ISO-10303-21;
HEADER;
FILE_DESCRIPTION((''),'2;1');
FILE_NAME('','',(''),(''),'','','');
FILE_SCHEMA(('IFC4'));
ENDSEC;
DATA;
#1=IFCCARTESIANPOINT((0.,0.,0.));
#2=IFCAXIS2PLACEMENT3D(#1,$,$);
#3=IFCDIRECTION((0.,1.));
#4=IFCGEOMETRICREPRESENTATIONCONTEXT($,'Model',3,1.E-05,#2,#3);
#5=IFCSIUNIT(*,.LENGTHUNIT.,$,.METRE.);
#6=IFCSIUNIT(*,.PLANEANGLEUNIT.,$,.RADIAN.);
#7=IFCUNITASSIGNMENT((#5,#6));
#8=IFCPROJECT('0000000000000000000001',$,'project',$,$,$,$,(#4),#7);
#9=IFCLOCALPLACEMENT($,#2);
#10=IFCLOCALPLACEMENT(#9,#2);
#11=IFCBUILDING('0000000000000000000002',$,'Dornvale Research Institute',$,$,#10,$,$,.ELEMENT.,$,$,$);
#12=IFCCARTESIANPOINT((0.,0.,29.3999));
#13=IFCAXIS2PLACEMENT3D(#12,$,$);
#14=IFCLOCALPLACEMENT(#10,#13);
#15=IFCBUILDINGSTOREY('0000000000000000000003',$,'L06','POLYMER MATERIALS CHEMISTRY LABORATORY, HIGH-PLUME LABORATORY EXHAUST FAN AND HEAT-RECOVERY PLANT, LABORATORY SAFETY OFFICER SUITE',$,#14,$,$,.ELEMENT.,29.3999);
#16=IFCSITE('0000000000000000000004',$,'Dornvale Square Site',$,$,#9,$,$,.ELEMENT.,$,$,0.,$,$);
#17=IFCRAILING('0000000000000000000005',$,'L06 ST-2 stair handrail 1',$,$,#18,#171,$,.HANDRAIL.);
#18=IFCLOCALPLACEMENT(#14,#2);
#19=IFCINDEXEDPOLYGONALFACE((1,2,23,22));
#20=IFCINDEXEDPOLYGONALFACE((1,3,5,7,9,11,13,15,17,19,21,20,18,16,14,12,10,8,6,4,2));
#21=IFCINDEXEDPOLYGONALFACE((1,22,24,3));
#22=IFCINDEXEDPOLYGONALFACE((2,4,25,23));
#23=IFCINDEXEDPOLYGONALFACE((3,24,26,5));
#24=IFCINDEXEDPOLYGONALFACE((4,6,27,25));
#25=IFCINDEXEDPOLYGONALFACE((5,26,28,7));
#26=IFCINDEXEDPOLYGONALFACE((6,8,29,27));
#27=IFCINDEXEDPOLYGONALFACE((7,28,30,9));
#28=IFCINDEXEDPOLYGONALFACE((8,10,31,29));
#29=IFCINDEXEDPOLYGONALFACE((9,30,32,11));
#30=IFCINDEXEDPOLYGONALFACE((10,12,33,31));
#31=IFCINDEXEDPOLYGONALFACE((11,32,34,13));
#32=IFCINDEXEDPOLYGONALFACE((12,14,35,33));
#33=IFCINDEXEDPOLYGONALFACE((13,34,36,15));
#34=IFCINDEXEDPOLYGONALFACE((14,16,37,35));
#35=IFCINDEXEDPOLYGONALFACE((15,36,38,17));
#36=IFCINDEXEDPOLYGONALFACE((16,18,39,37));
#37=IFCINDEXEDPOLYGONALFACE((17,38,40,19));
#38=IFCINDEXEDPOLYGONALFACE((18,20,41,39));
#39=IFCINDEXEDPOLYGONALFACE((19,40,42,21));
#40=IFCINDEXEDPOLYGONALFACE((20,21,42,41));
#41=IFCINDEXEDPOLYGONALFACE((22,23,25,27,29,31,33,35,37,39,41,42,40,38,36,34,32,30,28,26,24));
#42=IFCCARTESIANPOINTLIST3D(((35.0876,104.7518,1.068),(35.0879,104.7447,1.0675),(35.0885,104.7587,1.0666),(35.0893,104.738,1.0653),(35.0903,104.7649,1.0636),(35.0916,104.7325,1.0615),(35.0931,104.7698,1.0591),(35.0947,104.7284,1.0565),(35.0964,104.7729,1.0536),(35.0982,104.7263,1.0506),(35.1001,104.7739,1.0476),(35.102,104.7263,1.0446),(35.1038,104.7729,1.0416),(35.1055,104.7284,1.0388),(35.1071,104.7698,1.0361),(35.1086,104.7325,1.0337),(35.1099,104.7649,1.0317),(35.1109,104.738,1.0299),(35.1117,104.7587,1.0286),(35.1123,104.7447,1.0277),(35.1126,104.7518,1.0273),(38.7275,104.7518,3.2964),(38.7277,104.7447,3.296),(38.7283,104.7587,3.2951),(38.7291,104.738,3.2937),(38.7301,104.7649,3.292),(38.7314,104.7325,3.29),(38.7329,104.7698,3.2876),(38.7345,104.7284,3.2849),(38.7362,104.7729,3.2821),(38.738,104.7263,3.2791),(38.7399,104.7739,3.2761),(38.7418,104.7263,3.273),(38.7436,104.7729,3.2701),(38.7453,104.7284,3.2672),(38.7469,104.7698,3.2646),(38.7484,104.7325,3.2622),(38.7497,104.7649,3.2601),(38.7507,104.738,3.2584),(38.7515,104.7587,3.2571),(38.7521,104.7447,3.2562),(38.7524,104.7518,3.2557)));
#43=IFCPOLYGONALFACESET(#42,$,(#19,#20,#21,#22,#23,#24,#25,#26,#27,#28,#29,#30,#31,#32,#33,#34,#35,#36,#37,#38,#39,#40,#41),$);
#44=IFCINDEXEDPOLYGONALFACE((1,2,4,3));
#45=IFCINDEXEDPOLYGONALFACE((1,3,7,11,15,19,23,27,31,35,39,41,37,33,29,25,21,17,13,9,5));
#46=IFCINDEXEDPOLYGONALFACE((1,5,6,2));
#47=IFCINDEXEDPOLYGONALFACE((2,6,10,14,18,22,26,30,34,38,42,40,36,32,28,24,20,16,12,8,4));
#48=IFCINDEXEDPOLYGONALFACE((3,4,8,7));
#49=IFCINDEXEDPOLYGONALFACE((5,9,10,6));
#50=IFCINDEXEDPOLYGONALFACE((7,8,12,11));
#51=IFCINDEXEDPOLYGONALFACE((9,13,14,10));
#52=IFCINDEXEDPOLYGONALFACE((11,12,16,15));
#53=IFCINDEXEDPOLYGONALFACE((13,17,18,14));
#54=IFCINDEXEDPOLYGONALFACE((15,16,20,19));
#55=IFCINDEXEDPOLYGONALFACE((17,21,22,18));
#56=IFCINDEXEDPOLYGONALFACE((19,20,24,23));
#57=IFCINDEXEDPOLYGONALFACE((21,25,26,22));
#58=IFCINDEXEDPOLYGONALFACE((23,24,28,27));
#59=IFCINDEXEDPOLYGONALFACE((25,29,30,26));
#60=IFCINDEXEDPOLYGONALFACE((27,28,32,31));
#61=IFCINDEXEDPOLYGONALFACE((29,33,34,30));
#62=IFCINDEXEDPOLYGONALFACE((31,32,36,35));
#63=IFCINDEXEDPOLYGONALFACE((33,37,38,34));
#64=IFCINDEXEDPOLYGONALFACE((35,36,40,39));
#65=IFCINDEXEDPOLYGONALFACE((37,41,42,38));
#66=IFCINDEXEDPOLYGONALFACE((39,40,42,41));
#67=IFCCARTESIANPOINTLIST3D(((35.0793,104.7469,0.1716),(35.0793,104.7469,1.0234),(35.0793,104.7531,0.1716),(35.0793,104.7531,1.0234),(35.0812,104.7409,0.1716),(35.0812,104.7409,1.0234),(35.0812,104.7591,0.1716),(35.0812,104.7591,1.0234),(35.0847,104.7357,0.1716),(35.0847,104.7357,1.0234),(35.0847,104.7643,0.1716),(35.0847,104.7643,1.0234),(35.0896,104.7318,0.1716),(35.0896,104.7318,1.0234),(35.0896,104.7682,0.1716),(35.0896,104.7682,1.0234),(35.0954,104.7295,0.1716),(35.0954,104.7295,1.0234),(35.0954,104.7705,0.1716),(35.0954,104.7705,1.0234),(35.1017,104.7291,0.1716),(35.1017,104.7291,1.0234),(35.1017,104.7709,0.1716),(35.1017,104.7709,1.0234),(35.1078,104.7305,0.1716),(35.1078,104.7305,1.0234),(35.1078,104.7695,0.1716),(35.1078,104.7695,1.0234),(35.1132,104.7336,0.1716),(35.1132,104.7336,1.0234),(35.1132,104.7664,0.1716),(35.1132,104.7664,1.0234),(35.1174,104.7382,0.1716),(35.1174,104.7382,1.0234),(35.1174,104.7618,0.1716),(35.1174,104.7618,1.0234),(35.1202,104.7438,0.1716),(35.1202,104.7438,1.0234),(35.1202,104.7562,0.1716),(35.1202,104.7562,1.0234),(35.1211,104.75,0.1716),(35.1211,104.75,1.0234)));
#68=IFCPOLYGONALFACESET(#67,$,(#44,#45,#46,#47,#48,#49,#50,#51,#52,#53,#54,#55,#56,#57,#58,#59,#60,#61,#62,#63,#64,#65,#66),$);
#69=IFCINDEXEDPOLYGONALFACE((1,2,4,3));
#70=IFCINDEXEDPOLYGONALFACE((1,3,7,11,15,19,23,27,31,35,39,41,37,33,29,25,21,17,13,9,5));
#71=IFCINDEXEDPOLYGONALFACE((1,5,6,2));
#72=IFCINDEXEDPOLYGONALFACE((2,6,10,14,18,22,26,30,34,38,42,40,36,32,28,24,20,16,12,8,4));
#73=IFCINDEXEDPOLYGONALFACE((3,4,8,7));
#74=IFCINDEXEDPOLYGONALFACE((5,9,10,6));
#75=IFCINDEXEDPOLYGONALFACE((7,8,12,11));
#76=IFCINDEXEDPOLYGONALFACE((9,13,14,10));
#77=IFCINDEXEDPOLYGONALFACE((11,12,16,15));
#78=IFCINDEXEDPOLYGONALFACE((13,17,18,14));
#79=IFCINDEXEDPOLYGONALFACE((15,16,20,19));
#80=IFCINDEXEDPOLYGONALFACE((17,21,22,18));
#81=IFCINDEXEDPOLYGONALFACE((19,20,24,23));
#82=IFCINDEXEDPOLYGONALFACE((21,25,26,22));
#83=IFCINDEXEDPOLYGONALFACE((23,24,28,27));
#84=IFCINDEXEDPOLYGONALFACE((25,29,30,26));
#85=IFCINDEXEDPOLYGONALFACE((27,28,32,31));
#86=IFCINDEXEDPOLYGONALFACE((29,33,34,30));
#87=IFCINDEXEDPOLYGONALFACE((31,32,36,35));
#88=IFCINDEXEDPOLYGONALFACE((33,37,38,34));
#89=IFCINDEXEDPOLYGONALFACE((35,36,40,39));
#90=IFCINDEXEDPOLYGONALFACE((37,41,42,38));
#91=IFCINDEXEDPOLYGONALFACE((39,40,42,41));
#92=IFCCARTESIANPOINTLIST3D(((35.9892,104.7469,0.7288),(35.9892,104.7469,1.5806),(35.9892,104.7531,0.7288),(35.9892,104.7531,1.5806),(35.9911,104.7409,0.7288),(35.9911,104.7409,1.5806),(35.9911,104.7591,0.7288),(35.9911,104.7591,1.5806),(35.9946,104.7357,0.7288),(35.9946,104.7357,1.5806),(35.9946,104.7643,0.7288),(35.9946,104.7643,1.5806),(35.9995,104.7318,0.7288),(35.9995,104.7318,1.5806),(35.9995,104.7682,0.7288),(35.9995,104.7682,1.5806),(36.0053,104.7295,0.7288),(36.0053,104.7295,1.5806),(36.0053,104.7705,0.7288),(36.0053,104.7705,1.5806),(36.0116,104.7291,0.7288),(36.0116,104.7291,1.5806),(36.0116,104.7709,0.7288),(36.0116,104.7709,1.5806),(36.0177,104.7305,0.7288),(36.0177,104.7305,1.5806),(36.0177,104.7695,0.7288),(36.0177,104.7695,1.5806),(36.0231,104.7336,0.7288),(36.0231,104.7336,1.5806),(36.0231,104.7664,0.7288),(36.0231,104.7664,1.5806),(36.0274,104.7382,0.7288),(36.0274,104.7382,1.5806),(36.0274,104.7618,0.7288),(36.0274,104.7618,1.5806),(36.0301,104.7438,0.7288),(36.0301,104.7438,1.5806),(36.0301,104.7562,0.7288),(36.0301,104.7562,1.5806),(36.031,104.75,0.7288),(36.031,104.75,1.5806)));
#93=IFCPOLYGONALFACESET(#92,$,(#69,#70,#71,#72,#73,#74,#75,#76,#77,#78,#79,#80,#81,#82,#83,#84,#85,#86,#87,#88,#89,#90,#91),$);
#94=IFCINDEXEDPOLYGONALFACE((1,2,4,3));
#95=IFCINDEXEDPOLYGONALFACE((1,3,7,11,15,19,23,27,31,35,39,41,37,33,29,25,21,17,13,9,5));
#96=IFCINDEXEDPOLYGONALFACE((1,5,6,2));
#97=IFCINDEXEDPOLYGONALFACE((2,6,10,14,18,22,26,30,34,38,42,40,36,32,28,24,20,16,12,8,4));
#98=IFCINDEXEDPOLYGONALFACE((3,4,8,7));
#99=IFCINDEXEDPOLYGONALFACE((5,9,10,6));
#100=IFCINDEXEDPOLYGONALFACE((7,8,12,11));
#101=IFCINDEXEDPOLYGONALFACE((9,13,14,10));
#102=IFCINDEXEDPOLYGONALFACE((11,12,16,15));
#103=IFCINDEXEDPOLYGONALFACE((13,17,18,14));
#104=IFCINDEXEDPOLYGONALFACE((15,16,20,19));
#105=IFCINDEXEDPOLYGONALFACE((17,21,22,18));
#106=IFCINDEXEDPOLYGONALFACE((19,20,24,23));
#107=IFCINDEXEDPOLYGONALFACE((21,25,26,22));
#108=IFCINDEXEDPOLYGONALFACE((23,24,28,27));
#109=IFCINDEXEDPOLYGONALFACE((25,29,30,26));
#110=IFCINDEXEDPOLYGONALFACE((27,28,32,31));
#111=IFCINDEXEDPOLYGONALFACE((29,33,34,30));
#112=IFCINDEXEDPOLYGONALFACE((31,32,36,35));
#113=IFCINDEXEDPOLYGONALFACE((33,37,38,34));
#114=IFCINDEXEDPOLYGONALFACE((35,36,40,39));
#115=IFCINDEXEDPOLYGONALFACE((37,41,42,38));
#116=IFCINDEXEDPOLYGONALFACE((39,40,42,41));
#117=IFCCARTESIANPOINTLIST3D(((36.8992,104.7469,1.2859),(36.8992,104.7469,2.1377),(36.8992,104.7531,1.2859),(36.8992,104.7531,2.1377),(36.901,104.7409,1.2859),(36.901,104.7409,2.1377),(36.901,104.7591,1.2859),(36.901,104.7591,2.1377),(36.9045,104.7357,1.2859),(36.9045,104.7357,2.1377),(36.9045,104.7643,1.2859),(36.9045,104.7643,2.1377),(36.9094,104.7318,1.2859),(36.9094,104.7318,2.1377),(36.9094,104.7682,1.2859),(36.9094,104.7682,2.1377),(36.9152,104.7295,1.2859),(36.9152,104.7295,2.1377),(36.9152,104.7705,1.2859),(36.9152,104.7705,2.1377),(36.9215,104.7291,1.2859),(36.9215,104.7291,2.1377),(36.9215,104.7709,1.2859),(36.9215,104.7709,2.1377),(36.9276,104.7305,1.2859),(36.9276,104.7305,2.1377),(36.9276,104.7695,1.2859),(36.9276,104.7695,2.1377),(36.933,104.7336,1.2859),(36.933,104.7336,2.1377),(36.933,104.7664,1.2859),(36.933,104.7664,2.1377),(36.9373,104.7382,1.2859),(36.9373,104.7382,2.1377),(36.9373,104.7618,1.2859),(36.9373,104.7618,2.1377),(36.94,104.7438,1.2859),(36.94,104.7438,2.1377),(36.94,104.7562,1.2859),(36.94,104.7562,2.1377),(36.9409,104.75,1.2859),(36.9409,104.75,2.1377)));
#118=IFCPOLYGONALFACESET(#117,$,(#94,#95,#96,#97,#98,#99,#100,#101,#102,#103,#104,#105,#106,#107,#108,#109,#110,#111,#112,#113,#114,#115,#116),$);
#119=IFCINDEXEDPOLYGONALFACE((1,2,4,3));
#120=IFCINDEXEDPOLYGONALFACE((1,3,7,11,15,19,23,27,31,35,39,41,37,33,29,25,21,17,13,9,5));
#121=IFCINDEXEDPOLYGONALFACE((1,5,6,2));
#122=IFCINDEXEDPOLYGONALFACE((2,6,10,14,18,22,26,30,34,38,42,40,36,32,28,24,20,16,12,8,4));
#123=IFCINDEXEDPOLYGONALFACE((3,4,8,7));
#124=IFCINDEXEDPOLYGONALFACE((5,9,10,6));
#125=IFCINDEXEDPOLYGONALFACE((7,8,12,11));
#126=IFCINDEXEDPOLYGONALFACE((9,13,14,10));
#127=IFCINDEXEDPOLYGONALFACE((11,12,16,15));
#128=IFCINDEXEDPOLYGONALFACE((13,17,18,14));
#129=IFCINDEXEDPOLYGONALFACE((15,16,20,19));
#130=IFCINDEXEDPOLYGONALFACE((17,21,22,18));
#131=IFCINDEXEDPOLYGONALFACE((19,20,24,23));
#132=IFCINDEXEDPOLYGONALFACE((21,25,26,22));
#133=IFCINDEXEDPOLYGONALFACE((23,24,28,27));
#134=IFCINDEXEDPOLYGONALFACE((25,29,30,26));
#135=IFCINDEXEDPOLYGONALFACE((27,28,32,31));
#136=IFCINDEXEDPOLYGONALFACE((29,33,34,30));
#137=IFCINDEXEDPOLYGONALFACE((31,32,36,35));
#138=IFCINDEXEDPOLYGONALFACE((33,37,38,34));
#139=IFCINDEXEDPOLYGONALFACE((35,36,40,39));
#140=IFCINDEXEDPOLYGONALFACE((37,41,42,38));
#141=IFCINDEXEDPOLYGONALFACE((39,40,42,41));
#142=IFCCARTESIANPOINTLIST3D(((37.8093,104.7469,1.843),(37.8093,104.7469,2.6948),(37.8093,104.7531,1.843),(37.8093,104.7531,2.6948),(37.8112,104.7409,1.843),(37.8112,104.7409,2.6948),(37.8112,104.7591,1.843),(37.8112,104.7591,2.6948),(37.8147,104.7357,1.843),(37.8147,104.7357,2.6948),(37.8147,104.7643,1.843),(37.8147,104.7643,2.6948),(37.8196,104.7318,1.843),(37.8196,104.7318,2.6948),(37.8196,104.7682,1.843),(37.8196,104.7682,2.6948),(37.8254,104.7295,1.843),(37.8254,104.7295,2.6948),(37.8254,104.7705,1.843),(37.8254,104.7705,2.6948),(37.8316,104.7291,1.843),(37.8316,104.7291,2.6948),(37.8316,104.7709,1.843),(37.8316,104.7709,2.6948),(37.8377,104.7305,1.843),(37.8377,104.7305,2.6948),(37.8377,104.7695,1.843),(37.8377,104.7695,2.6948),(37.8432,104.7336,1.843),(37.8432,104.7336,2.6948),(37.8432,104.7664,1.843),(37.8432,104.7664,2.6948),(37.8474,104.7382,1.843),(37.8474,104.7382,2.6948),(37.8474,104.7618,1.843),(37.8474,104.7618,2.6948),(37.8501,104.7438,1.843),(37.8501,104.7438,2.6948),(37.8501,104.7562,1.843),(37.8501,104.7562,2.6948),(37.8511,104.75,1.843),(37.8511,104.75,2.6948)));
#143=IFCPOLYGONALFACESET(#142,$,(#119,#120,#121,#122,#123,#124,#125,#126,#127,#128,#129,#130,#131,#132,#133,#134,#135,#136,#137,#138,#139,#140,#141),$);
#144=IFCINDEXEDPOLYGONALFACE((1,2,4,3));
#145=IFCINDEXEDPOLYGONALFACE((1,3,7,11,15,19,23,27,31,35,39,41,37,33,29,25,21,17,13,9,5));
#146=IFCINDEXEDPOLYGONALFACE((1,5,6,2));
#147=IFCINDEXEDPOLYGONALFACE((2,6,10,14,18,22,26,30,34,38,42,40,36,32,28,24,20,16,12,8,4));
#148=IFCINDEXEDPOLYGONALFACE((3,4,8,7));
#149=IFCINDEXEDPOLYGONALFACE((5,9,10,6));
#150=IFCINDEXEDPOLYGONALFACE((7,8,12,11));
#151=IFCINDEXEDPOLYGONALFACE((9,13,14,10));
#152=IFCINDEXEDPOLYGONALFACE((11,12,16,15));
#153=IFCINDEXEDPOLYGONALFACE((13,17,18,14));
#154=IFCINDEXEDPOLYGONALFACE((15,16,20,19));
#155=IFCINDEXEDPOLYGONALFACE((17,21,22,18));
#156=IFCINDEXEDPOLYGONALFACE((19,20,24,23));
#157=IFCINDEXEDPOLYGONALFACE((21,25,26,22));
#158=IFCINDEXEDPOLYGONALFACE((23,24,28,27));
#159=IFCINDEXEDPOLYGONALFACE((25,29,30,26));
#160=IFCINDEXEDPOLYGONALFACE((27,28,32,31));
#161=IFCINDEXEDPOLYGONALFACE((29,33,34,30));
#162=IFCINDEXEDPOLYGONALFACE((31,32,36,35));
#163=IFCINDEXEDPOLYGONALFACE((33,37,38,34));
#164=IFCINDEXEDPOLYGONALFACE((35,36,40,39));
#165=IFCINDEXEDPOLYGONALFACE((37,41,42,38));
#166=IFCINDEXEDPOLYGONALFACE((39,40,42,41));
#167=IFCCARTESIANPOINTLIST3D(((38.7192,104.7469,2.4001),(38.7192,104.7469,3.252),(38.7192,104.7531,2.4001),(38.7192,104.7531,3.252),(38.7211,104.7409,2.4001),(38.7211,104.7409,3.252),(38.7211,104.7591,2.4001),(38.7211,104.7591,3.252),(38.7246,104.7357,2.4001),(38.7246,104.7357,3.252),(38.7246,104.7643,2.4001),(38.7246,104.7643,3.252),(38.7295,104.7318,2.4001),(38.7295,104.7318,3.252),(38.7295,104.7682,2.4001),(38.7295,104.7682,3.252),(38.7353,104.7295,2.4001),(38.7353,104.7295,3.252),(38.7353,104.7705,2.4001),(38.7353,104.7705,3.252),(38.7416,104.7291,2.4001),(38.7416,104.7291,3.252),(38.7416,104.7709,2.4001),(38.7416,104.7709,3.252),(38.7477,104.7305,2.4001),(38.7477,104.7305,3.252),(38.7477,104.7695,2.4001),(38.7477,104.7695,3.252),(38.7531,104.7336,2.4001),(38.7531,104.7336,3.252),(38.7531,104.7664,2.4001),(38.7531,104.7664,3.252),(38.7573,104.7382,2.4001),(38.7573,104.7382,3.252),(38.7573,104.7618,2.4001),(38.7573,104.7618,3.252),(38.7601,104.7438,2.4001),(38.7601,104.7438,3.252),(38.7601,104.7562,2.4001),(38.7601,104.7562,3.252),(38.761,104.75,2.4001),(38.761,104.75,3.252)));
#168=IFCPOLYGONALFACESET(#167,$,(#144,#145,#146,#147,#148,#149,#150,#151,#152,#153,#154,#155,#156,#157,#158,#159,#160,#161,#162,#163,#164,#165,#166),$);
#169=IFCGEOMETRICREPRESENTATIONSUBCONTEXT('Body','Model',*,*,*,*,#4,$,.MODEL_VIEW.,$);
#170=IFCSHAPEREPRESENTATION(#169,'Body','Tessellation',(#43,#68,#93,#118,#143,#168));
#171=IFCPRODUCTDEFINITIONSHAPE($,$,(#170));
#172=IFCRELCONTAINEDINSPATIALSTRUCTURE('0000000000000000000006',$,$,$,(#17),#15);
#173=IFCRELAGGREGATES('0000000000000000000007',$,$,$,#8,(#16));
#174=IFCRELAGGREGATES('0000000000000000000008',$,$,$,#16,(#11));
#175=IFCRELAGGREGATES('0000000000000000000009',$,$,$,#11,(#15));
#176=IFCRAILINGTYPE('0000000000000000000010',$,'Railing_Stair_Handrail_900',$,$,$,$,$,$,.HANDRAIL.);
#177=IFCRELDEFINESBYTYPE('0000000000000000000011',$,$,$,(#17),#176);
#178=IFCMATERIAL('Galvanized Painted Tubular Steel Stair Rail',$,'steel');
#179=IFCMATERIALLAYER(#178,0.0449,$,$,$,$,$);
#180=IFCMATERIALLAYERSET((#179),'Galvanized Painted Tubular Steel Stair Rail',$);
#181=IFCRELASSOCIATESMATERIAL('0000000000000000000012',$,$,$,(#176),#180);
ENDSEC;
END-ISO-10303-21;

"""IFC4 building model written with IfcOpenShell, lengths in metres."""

from ifc_helpers import new_model, si_unit, direction, frame, origin, origin_2d, place, context, subcontext, project, spatial, circle, extrude, material, layer, layer_set, type_object, element, save


model = new_model("IFC4")

# Units and contexts
model_context = context("Model", 3, precision=1e-05, world=origin(), true_north=direction((0.0, 1.0)))
body_context = subcontext(model_context, "Body", "Model", "MODEL_VIEW")
ifc_project = project(units=[si_unit("LENGTHUNIT", "METRE"), si_unit("PLANEANGLEUNIT", "RADIAN")], contexts=[model_context])

# Site, building, storey
site_placement = place(None, origin())
site = spatial("IfcSite", under=ifc_project, at=site_placement, Name="Dornvale Square Site", CompositionType="ELEMENT", RefElevation=0.0)
building_placement = place(site_placement, origin())
building = spatial("IfcBuilding", under=site, at=building_placement, Name="Dornvale Research Institute", CompositionType="ELEMENT")
storey_placement = place(building_placement, frame((0.0, 0.0, 29.3999)))
storey = spatial("IfcBuildingStorey", under=building, at=storey_placement, Name="L06", Description="POLYMER MATERIALS CHEMISTRY LABORATORY, HIGH-PLUME LABORATORY EXHAUST FAN AND HEAT-RECOVERY PLANT, LABORATORY SAFETY OFFICER SUITE", CompositionType="ELEMENT", Elevation=29.3999)

# Railing
ifc_material_1 = material(Name="Galvanized Painted Tubular Steel Stair Rail", Category="steel")
ifc_layer_1 = layer(ifc_material_1, 0.0449)
ifc_layer_set_1 = layer_set([ifc_layer_1], Name="Galvanized Painted Tubular Steel Stair Rail")
railing_type_1 = type_object("IfcRailingType", Name="Railing_Stair_Handrail_900", PredefinedType="HANDRAIL", material=ifc_layer_set_1)
railing_1_placement = place(storey_placement, frame((35.1001, 104.75, 0.1716)))
element("IfcRailing", 1, at=railing_1_placement, inside=storey, type_object=railing_type_1, Name="L06 ST-2 stair handrail 1", PredefinedType="HANDRAIL", context=body_context, shape_type="SweptSolid", body=[
    extrude(circle(Radius=0.0239, at=origin_2d()), frame((0.0, 0.0, 0.876), z_axis=(0.85285, 0.0, 0.522156), x_axis=(0.0, 1.0, 0.0)), (0.0, 0.0, 1.0), 4.2678),
    extrude(circle(Radius=0.021, at=origin_2d()), origin(), (0.0, 0.0, 1.0), 0.8518),
    extrude(circle(Radius=0.021, at=origin_2d()), frame((0.9099, 0.0, 0.5571)), (0.0, 0.0, 1.0), 0.8518),
    extrude(circle(Radius=0.021, at=origin_2d()), frame((1.8198, 0.0, 1.1143)), (0.0, 0.0, 1.0), 0.8518),
    extrude(circle(Radius=0.021, at=origin_2d()), frame((2.73, 0.0, 1.6714)), (0.0, 0.0, 1.0), 0.8518),
    extrude(circle(Radius=0.021, at=origin_2d()), frame((3.6399, 0.0, 2.2285)), (0.0, 0.0, 1.0), 0.8518),
])

save(model, "model.ifc")
